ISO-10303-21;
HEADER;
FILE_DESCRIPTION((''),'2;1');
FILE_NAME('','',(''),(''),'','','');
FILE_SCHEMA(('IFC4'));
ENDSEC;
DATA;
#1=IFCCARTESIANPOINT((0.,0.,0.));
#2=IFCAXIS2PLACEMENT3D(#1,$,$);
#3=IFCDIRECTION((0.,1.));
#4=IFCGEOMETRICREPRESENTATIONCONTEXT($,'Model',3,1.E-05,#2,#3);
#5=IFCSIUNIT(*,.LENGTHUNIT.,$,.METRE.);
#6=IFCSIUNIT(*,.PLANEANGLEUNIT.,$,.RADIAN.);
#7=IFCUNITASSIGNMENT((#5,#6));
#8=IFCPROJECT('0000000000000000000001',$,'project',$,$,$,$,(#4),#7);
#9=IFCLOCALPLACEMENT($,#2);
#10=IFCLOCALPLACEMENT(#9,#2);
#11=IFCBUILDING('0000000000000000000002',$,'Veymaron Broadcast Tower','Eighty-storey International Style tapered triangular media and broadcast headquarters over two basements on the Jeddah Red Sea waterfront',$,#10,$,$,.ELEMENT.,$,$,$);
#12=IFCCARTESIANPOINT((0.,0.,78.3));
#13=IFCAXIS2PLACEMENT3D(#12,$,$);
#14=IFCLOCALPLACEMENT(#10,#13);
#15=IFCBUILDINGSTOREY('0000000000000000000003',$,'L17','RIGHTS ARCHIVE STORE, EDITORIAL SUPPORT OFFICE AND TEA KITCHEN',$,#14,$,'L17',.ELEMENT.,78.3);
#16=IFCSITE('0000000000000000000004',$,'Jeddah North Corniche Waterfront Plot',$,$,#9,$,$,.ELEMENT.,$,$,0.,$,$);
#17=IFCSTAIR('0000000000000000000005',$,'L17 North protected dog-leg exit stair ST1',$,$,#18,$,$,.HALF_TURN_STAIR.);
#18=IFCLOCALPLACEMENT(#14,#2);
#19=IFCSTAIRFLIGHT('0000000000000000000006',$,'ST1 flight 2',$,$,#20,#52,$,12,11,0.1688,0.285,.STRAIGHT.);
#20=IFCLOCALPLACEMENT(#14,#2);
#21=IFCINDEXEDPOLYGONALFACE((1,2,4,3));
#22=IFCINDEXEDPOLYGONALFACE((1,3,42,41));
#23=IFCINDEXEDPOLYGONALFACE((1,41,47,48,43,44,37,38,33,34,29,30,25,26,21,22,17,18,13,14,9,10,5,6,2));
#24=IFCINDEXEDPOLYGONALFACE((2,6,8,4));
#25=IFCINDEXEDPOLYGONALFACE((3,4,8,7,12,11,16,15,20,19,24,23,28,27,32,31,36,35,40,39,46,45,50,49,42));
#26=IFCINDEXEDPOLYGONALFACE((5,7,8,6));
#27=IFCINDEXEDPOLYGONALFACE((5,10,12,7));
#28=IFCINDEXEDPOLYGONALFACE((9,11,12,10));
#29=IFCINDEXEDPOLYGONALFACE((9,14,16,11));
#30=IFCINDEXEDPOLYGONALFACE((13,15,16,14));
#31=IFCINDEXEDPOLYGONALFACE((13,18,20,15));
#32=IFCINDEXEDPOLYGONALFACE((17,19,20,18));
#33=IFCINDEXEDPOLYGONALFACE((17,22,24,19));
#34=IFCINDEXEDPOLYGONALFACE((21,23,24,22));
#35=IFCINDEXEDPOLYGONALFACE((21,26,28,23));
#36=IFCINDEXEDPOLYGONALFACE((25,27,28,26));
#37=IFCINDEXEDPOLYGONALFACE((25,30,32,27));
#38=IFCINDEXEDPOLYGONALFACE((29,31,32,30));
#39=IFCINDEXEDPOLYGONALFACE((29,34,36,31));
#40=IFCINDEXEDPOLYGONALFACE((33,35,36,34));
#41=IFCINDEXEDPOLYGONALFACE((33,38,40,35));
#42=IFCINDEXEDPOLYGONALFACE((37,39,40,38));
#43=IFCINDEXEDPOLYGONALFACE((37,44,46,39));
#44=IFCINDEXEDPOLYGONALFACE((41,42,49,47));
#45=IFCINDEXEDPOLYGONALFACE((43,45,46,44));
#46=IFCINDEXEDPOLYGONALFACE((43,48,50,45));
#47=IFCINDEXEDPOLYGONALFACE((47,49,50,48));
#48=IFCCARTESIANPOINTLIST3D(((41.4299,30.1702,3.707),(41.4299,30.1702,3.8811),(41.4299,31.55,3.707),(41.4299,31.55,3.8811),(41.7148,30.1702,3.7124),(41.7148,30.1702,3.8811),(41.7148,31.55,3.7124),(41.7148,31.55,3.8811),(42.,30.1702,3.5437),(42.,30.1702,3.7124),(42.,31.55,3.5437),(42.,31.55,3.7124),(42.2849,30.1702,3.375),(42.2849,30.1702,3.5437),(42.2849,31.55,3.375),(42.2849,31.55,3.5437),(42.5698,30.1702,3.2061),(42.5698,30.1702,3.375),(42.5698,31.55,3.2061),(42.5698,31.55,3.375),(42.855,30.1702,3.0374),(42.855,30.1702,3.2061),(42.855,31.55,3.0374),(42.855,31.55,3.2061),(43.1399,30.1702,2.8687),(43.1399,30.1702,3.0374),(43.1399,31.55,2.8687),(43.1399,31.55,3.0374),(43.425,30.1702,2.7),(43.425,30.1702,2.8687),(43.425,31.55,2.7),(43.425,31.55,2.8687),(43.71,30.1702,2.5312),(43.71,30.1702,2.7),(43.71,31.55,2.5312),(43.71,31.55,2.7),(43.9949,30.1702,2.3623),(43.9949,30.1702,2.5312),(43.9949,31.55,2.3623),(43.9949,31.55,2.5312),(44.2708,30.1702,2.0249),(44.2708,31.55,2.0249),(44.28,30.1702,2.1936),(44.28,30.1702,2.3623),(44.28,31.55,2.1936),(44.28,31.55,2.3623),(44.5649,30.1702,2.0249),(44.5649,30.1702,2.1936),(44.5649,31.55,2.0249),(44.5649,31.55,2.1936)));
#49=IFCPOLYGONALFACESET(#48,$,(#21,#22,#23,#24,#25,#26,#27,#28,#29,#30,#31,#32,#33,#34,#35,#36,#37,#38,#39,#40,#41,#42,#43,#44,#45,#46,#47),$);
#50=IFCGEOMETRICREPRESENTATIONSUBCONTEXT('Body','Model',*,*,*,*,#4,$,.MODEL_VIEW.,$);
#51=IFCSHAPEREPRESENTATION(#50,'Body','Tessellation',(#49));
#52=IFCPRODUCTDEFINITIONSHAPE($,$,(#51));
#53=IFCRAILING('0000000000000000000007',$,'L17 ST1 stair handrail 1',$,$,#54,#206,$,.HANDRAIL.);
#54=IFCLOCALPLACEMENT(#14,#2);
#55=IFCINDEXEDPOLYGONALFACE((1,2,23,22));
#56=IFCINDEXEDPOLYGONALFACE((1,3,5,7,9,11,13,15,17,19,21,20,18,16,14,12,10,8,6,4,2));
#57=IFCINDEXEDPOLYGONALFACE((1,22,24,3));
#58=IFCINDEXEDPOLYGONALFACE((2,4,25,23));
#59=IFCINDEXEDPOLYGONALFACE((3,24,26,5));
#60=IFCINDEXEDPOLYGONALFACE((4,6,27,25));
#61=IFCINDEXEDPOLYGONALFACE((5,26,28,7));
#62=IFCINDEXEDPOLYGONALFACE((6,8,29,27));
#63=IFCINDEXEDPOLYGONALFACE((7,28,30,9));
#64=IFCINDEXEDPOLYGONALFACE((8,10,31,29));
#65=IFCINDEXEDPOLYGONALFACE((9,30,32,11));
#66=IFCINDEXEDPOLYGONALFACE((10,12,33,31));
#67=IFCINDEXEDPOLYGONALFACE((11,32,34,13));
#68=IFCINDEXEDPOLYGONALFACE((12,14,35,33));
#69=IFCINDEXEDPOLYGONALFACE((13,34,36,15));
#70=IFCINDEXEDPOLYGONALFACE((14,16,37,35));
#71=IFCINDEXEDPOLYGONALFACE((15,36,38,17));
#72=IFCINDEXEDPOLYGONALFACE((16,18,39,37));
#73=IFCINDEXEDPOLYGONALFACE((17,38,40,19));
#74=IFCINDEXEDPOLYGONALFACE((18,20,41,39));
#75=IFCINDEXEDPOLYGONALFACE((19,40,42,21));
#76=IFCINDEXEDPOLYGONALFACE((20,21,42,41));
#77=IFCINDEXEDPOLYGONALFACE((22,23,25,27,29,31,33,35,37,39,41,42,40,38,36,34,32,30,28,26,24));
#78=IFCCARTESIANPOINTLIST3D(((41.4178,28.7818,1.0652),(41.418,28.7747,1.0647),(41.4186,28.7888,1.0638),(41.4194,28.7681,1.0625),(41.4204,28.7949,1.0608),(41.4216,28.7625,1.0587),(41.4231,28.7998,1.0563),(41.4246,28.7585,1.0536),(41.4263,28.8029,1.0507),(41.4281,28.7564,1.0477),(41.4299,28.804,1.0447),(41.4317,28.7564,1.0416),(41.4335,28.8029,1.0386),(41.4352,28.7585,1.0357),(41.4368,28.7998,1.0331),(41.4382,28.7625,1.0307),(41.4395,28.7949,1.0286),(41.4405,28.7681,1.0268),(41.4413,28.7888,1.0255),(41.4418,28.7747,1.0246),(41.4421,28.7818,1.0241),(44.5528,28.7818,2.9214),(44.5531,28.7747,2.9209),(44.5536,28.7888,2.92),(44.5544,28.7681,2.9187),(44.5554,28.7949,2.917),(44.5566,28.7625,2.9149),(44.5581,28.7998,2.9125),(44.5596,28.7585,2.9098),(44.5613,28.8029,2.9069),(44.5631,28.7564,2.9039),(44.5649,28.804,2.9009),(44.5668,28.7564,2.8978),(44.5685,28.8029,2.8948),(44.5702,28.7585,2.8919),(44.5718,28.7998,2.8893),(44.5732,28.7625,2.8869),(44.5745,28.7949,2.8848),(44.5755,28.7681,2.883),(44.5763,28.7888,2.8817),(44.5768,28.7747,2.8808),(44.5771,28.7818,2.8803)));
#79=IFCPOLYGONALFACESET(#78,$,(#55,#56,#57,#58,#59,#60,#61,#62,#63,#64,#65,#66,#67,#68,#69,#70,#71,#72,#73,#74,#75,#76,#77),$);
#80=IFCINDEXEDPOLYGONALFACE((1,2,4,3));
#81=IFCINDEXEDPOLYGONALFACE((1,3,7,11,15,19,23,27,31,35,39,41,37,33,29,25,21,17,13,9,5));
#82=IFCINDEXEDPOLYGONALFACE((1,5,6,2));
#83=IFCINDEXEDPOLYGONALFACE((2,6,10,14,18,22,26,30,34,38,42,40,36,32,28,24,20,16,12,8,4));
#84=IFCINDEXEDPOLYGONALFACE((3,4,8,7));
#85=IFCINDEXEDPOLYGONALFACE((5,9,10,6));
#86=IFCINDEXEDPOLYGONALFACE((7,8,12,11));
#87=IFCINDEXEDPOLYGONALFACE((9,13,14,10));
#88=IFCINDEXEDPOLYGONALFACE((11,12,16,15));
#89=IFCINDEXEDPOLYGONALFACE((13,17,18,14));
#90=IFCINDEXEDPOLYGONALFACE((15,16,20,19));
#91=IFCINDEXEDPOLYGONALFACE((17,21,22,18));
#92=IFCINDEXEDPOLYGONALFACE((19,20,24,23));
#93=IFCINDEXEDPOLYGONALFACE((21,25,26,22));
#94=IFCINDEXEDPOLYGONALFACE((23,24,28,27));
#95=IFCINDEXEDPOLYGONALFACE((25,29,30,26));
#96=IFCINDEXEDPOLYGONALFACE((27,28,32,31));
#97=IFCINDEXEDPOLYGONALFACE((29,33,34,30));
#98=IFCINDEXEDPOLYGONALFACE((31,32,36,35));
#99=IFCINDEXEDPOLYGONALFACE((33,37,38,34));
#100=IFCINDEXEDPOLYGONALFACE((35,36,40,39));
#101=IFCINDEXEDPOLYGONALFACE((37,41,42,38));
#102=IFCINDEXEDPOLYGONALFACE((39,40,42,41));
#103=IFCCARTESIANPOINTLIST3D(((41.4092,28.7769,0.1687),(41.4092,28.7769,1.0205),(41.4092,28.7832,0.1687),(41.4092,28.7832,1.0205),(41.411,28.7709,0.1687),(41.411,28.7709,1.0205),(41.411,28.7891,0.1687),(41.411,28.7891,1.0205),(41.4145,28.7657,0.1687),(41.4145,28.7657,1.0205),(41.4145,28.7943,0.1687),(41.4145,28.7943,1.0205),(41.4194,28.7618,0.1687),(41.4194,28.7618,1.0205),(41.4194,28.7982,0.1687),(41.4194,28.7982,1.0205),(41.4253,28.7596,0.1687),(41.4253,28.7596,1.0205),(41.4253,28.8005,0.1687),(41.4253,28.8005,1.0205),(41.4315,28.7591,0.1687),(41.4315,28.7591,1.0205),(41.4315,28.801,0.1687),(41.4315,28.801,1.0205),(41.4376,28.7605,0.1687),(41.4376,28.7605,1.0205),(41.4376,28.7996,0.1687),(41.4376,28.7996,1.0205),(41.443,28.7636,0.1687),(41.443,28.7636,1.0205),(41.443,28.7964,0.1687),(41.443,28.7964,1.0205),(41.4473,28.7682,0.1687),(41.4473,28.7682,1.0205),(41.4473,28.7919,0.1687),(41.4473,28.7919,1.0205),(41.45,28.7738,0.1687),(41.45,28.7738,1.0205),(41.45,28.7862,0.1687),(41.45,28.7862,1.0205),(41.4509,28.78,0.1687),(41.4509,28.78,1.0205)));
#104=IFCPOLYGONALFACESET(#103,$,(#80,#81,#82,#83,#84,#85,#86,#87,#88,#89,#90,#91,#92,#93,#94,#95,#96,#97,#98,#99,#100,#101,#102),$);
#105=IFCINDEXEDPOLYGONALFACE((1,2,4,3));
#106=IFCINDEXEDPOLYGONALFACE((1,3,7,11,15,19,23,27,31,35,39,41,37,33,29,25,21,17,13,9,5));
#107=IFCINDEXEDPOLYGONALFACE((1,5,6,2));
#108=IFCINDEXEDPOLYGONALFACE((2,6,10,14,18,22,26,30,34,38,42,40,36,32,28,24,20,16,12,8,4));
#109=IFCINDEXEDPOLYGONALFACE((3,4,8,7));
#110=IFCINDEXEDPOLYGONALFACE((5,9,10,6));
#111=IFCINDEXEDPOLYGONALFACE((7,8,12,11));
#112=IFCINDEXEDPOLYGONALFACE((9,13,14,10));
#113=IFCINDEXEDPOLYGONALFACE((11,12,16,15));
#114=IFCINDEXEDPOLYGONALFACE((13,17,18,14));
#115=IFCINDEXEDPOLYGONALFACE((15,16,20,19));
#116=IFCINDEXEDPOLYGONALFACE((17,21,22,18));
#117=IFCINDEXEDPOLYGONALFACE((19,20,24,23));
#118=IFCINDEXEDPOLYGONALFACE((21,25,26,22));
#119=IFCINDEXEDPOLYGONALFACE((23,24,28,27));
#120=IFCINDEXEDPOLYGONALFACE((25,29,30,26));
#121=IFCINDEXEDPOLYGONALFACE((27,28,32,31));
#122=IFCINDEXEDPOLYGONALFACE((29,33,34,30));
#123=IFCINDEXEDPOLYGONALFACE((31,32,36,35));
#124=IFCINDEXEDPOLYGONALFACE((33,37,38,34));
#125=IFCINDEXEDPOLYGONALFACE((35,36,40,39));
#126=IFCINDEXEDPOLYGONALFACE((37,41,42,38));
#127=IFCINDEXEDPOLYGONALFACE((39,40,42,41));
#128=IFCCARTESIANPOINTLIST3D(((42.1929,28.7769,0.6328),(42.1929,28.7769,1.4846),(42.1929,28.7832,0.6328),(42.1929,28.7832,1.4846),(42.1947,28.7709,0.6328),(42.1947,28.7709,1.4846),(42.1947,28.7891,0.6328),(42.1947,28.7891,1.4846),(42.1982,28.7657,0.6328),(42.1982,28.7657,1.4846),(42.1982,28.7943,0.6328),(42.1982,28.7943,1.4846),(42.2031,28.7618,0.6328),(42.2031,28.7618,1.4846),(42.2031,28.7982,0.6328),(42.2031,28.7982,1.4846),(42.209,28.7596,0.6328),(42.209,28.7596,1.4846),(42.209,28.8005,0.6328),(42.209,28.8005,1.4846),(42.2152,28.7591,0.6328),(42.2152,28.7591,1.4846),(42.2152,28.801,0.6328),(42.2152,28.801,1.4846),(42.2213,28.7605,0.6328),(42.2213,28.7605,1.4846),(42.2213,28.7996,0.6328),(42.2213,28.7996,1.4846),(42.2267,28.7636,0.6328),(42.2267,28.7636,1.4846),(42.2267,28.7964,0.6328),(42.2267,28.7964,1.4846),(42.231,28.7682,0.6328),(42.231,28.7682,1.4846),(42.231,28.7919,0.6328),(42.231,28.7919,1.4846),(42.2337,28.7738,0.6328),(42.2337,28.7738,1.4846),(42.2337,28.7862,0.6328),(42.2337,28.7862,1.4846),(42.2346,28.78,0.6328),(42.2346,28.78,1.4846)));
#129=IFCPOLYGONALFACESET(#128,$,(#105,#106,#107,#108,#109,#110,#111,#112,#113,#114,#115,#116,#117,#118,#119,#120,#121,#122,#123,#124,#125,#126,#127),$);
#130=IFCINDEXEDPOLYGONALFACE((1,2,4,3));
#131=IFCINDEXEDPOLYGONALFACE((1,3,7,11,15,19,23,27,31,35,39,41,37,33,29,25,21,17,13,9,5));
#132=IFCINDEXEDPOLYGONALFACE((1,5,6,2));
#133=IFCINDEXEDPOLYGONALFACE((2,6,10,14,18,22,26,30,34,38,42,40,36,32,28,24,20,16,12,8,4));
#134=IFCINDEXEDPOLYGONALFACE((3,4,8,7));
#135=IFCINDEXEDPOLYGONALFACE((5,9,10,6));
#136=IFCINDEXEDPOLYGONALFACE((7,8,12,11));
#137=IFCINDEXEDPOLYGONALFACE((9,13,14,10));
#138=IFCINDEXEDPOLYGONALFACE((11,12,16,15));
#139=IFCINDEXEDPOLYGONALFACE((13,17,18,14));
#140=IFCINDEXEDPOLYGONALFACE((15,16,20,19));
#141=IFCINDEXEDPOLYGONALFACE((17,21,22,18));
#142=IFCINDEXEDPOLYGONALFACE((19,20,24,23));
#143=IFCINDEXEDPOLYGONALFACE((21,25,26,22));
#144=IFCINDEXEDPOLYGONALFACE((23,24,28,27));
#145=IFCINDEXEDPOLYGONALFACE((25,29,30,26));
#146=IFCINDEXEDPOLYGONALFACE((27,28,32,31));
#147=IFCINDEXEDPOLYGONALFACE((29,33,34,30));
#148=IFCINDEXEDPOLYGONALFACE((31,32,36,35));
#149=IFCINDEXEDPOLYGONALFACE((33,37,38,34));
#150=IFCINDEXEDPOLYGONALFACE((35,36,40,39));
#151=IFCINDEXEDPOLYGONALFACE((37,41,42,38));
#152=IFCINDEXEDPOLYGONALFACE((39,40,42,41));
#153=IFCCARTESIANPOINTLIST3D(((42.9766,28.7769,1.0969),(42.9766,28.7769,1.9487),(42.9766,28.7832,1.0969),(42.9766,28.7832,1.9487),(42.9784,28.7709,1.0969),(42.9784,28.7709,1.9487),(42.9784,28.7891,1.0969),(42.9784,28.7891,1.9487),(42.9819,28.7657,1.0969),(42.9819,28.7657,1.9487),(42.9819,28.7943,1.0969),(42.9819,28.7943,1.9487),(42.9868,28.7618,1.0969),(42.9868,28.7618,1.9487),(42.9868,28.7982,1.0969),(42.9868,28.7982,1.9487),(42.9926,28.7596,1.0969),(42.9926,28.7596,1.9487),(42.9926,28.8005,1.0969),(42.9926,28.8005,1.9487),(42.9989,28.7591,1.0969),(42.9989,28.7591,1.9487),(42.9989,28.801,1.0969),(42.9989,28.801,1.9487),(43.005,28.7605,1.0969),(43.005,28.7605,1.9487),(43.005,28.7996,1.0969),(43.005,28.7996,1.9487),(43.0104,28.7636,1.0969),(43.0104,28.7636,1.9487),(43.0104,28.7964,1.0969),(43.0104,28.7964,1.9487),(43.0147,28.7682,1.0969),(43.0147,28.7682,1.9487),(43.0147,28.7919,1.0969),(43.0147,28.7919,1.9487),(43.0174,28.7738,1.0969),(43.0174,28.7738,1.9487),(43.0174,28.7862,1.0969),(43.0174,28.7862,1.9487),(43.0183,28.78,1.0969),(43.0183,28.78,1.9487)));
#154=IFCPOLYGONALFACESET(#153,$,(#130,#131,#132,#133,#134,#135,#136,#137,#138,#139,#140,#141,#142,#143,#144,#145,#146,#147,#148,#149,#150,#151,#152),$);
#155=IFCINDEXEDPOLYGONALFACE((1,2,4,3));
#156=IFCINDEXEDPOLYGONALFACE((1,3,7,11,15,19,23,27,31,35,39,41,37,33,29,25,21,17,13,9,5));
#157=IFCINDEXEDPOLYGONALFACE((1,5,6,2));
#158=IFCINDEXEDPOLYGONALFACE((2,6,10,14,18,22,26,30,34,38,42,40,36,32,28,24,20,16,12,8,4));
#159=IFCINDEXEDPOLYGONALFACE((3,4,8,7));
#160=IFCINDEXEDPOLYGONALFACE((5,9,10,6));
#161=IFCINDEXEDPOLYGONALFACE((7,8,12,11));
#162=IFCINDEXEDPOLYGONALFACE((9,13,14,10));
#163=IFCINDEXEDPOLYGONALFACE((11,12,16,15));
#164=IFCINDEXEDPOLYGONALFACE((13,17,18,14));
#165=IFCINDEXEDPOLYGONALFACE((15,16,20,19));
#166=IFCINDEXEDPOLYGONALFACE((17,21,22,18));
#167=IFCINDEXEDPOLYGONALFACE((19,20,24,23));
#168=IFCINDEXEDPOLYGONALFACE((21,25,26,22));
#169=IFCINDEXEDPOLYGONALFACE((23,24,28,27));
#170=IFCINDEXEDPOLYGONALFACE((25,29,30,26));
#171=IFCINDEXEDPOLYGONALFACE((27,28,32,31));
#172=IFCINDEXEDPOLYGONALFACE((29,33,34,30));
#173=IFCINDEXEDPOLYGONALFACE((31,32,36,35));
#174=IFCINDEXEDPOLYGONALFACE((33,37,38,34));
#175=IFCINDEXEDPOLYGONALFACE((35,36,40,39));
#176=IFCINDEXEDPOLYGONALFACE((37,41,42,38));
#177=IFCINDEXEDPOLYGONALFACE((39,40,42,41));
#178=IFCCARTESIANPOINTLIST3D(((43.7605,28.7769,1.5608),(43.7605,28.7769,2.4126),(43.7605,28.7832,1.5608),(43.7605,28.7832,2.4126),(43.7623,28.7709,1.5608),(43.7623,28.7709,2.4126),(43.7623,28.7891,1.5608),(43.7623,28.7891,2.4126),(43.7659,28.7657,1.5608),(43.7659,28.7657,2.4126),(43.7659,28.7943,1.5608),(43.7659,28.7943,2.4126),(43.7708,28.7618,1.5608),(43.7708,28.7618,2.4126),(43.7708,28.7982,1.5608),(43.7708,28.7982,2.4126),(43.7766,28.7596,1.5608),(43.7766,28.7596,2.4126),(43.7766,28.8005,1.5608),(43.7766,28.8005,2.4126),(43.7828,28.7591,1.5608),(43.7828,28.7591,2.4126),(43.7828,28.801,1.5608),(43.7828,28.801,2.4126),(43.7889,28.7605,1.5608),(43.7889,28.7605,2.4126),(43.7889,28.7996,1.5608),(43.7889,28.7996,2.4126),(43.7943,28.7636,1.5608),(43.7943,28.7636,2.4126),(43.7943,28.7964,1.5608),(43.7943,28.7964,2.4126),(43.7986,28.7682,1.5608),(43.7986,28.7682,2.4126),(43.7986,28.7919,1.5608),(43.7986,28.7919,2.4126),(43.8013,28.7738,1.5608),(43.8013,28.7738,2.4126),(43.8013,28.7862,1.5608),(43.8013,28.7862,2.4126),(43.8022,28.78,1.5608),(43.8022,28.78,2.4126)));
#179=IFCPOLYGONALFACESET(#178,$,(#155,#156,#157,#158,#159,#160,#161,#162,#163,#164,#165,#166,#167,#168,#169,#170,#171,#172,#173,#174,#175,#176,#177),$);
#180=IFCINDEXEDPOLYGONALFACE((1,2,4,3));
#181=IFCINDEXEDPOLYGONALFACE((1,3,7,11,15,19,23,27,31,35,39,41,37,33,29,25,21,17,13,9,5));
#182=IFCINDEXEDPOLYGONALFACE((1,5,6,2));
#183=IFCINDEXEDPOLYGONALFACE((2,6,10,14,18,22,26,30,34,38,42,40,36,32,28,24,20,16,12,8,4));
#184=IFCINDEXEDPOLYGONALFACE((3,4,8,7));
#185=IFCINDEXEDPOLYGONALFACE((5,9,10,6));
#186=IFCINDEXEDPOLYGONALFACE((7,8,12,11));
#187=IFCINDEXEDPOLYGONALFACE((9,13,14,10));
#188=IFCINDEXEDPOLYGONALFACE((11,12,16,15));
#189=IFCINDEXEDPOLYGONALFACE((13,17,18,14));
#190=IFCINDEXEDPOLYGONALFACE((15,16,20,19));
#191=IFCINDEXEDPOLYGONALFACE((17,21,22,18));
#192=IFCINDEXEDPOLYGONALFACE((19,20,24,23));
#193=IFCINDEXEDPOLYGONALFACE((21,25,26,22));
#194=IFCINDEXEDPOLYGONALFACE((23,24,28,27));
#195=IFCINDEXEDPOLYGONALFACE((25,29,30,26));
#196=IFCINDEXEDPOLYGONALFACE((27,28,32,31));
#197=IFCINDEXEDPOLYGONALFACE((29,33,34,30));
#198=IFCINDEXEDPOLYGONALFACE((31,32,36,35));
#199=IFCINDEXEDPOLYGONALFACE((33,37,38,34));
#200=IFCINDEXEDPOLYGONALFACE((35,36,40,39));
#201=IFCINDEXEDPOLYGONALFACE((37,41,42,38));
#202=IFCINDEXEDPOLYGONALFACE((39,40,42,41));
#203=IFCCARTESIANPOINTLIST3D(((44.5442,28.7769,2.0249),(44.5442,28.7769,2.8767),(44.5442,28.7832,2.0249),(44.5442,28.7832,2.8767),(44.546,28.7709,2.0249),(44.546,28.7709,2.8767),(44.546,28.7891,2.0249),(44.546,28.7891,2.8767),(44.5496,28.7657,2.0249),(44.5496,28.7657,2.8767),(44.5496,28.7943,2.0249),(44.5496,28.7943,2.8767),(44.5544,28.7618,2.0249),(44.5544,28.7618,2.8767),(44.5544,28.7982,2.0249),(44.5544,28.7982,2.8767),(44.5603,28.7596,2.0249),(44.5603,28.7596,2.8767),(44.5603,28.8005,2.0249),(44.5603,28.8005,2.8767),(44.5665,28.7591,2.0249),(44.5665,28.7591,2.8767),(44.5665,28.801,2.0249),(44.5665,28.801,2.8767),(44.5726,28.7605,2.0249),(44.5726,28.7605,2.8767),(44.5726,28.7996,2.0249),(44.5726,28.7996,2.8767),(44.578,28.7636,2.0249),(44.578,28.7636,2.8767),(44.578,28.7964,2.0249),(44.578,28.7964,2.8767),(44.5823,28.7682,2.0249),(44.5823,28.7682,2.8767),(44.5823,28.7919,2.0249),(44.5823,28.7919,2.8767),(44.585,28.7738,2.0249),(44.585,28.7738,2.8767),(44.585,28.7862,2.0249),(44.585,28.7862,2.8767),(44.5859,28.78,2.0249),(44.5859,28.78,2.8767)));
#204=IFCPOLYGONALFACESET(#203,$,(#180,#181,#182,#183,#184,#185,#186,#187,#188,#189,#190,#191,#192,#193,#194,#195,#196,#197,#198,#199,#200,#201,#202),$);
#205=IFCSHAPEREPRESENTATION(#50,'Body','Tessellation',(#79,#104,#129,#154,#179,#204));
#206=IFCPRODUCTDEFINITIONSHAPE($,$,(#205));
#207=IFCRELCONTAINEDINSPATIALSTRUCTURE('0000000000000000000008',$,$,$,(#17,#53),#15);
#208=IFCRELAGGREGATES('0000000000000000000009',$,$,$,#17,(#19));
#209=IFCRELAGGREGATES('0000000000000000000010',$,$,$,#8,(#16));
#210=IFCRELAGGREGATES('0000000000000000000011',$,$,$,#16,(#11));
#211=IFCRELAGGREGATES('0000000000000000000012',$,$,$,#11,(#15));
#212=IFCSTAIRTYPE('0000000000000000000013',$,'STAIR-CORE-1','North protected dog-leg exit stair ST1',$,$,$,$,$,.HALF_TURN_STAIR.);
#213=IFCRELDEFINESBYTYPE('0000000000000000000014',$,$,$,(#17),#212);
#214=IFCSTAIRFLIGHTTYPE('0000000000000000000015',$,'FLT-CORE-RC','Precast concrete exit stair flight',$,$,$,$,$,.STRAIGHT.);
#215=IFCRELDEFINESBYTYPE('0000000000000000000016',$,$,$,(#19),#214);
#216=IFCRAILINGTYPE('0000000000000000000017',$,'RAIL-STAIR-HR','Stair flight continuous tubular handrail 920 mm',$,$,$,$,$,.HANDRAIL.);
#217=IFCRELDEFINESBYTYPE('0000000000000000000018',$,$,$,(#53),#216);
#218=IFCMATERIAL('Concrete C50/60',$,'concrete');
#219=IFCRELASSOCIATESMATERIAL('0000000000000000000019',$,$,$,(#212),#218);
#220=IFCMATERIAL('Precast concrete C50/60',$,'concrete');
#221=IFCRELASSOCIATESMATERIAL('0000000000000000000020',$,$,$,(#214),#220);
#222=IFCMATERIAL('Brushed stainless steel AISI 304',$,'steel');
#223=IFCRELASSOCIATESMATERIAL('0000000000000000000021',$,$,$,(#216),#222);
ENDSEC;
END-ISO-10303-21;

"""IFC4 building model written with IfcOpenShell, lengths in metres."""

from ifc_helpers import new_model, si_unit, direction, frame, origin, origin_2d, place, context, subcontext, project, spatial, polyline, circle, outline, extrude, material, type_object, element, aggregate, save


model = new_model("IFC4")

# Units and contexts
model_context = context("Model", 3, precision=1e-05, world=origin(), true_north=direction((0.0, 1.0)))
body_context = subcontext(model_context, "Body", "Model", "MODEL_VIEW")
ifc_project = project(units=[si_unit("LENGTHUNIT", "METRE"), si_unit("PLANEANGLEUNIT", "RADIAN")], contexts=[model_context])

# Site, building, storey
site_placement = place(None, origin())
site = spatial("IfcSite", under=ifc_project, at=site_placement, Name="Jeddah North Corniche Waterfront Plot", CompositionType="ELEMENT", RefElevation=0.0)
building_placement = place(site_placement, origin())
building = spatial("IfcBuilding", under=site, at=building_placement, Name="Veymaron Broadcast Tower", Description="Eighty-storey International Style tapered triangular media and broadcast headquarters over two basements on the Jeddah Red Sea waterfront", CompositionType="ELEMENT")
storey_placement = place(building_placement, frame((0.0, 0.0, 78.3)))
storey = spatial("IfcBuildingStorey", under=building, at=storey_placement, Name="L17", Description="RIGHTS ARCHIVE STORE, EDITORIAL SUPPORT OFFICE AND TEA KITCHEN", LongName="L17", CompositionType="ELEMENT", Elevation=78.3)

# Shared definitions
ifc_material_1 = material(Name="Brushed stainless steel AISI 304", Category="steel")

# Shared definitions
ifc_material_2 = material(Name="Concrete C50/60", Category="concrete")

# Stair, stair flight
stair_type = type_object("IfcStairType", Name="STAIR-CORE-1", Description="North protected dog-leg exit stair ST1", PredefinedType="HALF_TURN_STAIR", material=ifc_material_2)
stair_placement = place(storey_placement, origin())
stair = element("IfcStair", 1, at=stair_placement, inside=storey, type_object=stair_type, Name="L17 North protected dog-leg exit stair ST1", PredefinedType="HALF_TURN_STAIR")
ifc_material_3 = material(Name="Precast concrete C50/60", Category="concrete")
stair_flight_type = type_object("IfcStairFlightType", Name="FLT-CORE-RC", Description="Precast concrete exit stair flight", PredefinedType="STRAIGHT", material=ifc_material_3)
stair_flight_1_placement = place(storey_placement, frame((44.5649, 30.8601, 2.0249), z_axis=(0.0, 0.0, 1.0), x_axis=(-1.0, 0.0, 0.0)))
stair_flight_1 = element("IfcStairFlight", 2, at=stair_flight_1_placement, type_object=stair_flight_type, Name="ST1 flight 2", NumberOfRisers=12, NumberOfTreads=11, PredefinedType="STRAIGHT", RiserHeight=0.1688, TreadLength=0.285, context=body_context, shape_type="SweptSolid", body=[
    extrude(outline(polyline([(0.0, 0.0), (0.0, 0.1687), (0.2849, 0.1687), (0.2849, 0.3374), (0.5701, 0.3374), (0.5701, 0.5063), (0.855, 0.5063), (0.855, 0.675), (1.1399, 0.675), (1.1399, 0.8438), (1.425, 0.8438), (1.425, 1.0125), (1.71, 1.0125), (1.71, 1.1812), (1.9951, 1.1812), (1.9951, 1.3501), (2.28, 1.3501), (2.28, 1.5188), (2.5649, 1.5188), (2.5649, 1.6875), (2.8501, 1.6875), (2.8501, 1.8562), (3.135, 1.8562), (3.135, 2.0249), (3.135, 1.6821), (0.2942, 0.0), (0.0, 0.0)])), frame((0.0, 0.6899, 0.0), z_axis=(0.0, -1.0, 0.0), x_axis=(1.0, 0.0, 0.0)), (0.0, 0.0, 1.0), 1.3799),
])
aggregate(stair, [stair_flight_1])

# Railing
railing_type_1 = type_object("IfcRailingType", Name="RAIL-STAIR-HR", Description="Stair flight continuous tubular handrail 920 mm", PredefinedType="HANDRAIL", material=ifc_material_1)
railing_1_placement = place(storey_placement, frame((41.4299, 28.78, 0.1687)))
element("IfcRailing", 3, at=railing_1_placement, inside=storey, type_object=railing_type_1, Name="L17 ST1 stair handrail 1", PredefinedType="HANDRAIL", context=body_context, shape_type="SweptSolid", body=[
    extrude(circle(Radius=0.0239, at=origin_2d()), frame((0.0, 0.0, 0.876), z_axis=(0.860482, 0.0, 0.509481), x_axis=(0.0, 1.0, 0.0)), (0.0, 0.0, 1.0), 3.6433),
    extrude(circle(Radius=0.021, at=origin_2d()), origin(), (0.0, 0.0, 1.0), 0.8518),
    extrude(circle(Radius=0.021, at=origin_2d()), frame((0.7837, 0.0, 0.4641)), (0.0, 0.0, 1.0), 0.8518),
    extrude(circle(Radius=0.021, at=origin_2d()), frame((1.5674, 0.0, 0.9282)), (0.0, 0.0, 1.0), 0.8518),
    extrude(circle(Radius=0.021, at=origin_2d()), frame((2.3513, 0.0, 1.3921)), (0.0, 0.0, 1.0), 0.8518),
    extrude(circle(Radius=0.021, at=origin_2d()), frame((3.135, 0.0, 1.8562)), (0.0, 0.0, 1.0), 0.8518),
])

save(model, "model.ifc")
